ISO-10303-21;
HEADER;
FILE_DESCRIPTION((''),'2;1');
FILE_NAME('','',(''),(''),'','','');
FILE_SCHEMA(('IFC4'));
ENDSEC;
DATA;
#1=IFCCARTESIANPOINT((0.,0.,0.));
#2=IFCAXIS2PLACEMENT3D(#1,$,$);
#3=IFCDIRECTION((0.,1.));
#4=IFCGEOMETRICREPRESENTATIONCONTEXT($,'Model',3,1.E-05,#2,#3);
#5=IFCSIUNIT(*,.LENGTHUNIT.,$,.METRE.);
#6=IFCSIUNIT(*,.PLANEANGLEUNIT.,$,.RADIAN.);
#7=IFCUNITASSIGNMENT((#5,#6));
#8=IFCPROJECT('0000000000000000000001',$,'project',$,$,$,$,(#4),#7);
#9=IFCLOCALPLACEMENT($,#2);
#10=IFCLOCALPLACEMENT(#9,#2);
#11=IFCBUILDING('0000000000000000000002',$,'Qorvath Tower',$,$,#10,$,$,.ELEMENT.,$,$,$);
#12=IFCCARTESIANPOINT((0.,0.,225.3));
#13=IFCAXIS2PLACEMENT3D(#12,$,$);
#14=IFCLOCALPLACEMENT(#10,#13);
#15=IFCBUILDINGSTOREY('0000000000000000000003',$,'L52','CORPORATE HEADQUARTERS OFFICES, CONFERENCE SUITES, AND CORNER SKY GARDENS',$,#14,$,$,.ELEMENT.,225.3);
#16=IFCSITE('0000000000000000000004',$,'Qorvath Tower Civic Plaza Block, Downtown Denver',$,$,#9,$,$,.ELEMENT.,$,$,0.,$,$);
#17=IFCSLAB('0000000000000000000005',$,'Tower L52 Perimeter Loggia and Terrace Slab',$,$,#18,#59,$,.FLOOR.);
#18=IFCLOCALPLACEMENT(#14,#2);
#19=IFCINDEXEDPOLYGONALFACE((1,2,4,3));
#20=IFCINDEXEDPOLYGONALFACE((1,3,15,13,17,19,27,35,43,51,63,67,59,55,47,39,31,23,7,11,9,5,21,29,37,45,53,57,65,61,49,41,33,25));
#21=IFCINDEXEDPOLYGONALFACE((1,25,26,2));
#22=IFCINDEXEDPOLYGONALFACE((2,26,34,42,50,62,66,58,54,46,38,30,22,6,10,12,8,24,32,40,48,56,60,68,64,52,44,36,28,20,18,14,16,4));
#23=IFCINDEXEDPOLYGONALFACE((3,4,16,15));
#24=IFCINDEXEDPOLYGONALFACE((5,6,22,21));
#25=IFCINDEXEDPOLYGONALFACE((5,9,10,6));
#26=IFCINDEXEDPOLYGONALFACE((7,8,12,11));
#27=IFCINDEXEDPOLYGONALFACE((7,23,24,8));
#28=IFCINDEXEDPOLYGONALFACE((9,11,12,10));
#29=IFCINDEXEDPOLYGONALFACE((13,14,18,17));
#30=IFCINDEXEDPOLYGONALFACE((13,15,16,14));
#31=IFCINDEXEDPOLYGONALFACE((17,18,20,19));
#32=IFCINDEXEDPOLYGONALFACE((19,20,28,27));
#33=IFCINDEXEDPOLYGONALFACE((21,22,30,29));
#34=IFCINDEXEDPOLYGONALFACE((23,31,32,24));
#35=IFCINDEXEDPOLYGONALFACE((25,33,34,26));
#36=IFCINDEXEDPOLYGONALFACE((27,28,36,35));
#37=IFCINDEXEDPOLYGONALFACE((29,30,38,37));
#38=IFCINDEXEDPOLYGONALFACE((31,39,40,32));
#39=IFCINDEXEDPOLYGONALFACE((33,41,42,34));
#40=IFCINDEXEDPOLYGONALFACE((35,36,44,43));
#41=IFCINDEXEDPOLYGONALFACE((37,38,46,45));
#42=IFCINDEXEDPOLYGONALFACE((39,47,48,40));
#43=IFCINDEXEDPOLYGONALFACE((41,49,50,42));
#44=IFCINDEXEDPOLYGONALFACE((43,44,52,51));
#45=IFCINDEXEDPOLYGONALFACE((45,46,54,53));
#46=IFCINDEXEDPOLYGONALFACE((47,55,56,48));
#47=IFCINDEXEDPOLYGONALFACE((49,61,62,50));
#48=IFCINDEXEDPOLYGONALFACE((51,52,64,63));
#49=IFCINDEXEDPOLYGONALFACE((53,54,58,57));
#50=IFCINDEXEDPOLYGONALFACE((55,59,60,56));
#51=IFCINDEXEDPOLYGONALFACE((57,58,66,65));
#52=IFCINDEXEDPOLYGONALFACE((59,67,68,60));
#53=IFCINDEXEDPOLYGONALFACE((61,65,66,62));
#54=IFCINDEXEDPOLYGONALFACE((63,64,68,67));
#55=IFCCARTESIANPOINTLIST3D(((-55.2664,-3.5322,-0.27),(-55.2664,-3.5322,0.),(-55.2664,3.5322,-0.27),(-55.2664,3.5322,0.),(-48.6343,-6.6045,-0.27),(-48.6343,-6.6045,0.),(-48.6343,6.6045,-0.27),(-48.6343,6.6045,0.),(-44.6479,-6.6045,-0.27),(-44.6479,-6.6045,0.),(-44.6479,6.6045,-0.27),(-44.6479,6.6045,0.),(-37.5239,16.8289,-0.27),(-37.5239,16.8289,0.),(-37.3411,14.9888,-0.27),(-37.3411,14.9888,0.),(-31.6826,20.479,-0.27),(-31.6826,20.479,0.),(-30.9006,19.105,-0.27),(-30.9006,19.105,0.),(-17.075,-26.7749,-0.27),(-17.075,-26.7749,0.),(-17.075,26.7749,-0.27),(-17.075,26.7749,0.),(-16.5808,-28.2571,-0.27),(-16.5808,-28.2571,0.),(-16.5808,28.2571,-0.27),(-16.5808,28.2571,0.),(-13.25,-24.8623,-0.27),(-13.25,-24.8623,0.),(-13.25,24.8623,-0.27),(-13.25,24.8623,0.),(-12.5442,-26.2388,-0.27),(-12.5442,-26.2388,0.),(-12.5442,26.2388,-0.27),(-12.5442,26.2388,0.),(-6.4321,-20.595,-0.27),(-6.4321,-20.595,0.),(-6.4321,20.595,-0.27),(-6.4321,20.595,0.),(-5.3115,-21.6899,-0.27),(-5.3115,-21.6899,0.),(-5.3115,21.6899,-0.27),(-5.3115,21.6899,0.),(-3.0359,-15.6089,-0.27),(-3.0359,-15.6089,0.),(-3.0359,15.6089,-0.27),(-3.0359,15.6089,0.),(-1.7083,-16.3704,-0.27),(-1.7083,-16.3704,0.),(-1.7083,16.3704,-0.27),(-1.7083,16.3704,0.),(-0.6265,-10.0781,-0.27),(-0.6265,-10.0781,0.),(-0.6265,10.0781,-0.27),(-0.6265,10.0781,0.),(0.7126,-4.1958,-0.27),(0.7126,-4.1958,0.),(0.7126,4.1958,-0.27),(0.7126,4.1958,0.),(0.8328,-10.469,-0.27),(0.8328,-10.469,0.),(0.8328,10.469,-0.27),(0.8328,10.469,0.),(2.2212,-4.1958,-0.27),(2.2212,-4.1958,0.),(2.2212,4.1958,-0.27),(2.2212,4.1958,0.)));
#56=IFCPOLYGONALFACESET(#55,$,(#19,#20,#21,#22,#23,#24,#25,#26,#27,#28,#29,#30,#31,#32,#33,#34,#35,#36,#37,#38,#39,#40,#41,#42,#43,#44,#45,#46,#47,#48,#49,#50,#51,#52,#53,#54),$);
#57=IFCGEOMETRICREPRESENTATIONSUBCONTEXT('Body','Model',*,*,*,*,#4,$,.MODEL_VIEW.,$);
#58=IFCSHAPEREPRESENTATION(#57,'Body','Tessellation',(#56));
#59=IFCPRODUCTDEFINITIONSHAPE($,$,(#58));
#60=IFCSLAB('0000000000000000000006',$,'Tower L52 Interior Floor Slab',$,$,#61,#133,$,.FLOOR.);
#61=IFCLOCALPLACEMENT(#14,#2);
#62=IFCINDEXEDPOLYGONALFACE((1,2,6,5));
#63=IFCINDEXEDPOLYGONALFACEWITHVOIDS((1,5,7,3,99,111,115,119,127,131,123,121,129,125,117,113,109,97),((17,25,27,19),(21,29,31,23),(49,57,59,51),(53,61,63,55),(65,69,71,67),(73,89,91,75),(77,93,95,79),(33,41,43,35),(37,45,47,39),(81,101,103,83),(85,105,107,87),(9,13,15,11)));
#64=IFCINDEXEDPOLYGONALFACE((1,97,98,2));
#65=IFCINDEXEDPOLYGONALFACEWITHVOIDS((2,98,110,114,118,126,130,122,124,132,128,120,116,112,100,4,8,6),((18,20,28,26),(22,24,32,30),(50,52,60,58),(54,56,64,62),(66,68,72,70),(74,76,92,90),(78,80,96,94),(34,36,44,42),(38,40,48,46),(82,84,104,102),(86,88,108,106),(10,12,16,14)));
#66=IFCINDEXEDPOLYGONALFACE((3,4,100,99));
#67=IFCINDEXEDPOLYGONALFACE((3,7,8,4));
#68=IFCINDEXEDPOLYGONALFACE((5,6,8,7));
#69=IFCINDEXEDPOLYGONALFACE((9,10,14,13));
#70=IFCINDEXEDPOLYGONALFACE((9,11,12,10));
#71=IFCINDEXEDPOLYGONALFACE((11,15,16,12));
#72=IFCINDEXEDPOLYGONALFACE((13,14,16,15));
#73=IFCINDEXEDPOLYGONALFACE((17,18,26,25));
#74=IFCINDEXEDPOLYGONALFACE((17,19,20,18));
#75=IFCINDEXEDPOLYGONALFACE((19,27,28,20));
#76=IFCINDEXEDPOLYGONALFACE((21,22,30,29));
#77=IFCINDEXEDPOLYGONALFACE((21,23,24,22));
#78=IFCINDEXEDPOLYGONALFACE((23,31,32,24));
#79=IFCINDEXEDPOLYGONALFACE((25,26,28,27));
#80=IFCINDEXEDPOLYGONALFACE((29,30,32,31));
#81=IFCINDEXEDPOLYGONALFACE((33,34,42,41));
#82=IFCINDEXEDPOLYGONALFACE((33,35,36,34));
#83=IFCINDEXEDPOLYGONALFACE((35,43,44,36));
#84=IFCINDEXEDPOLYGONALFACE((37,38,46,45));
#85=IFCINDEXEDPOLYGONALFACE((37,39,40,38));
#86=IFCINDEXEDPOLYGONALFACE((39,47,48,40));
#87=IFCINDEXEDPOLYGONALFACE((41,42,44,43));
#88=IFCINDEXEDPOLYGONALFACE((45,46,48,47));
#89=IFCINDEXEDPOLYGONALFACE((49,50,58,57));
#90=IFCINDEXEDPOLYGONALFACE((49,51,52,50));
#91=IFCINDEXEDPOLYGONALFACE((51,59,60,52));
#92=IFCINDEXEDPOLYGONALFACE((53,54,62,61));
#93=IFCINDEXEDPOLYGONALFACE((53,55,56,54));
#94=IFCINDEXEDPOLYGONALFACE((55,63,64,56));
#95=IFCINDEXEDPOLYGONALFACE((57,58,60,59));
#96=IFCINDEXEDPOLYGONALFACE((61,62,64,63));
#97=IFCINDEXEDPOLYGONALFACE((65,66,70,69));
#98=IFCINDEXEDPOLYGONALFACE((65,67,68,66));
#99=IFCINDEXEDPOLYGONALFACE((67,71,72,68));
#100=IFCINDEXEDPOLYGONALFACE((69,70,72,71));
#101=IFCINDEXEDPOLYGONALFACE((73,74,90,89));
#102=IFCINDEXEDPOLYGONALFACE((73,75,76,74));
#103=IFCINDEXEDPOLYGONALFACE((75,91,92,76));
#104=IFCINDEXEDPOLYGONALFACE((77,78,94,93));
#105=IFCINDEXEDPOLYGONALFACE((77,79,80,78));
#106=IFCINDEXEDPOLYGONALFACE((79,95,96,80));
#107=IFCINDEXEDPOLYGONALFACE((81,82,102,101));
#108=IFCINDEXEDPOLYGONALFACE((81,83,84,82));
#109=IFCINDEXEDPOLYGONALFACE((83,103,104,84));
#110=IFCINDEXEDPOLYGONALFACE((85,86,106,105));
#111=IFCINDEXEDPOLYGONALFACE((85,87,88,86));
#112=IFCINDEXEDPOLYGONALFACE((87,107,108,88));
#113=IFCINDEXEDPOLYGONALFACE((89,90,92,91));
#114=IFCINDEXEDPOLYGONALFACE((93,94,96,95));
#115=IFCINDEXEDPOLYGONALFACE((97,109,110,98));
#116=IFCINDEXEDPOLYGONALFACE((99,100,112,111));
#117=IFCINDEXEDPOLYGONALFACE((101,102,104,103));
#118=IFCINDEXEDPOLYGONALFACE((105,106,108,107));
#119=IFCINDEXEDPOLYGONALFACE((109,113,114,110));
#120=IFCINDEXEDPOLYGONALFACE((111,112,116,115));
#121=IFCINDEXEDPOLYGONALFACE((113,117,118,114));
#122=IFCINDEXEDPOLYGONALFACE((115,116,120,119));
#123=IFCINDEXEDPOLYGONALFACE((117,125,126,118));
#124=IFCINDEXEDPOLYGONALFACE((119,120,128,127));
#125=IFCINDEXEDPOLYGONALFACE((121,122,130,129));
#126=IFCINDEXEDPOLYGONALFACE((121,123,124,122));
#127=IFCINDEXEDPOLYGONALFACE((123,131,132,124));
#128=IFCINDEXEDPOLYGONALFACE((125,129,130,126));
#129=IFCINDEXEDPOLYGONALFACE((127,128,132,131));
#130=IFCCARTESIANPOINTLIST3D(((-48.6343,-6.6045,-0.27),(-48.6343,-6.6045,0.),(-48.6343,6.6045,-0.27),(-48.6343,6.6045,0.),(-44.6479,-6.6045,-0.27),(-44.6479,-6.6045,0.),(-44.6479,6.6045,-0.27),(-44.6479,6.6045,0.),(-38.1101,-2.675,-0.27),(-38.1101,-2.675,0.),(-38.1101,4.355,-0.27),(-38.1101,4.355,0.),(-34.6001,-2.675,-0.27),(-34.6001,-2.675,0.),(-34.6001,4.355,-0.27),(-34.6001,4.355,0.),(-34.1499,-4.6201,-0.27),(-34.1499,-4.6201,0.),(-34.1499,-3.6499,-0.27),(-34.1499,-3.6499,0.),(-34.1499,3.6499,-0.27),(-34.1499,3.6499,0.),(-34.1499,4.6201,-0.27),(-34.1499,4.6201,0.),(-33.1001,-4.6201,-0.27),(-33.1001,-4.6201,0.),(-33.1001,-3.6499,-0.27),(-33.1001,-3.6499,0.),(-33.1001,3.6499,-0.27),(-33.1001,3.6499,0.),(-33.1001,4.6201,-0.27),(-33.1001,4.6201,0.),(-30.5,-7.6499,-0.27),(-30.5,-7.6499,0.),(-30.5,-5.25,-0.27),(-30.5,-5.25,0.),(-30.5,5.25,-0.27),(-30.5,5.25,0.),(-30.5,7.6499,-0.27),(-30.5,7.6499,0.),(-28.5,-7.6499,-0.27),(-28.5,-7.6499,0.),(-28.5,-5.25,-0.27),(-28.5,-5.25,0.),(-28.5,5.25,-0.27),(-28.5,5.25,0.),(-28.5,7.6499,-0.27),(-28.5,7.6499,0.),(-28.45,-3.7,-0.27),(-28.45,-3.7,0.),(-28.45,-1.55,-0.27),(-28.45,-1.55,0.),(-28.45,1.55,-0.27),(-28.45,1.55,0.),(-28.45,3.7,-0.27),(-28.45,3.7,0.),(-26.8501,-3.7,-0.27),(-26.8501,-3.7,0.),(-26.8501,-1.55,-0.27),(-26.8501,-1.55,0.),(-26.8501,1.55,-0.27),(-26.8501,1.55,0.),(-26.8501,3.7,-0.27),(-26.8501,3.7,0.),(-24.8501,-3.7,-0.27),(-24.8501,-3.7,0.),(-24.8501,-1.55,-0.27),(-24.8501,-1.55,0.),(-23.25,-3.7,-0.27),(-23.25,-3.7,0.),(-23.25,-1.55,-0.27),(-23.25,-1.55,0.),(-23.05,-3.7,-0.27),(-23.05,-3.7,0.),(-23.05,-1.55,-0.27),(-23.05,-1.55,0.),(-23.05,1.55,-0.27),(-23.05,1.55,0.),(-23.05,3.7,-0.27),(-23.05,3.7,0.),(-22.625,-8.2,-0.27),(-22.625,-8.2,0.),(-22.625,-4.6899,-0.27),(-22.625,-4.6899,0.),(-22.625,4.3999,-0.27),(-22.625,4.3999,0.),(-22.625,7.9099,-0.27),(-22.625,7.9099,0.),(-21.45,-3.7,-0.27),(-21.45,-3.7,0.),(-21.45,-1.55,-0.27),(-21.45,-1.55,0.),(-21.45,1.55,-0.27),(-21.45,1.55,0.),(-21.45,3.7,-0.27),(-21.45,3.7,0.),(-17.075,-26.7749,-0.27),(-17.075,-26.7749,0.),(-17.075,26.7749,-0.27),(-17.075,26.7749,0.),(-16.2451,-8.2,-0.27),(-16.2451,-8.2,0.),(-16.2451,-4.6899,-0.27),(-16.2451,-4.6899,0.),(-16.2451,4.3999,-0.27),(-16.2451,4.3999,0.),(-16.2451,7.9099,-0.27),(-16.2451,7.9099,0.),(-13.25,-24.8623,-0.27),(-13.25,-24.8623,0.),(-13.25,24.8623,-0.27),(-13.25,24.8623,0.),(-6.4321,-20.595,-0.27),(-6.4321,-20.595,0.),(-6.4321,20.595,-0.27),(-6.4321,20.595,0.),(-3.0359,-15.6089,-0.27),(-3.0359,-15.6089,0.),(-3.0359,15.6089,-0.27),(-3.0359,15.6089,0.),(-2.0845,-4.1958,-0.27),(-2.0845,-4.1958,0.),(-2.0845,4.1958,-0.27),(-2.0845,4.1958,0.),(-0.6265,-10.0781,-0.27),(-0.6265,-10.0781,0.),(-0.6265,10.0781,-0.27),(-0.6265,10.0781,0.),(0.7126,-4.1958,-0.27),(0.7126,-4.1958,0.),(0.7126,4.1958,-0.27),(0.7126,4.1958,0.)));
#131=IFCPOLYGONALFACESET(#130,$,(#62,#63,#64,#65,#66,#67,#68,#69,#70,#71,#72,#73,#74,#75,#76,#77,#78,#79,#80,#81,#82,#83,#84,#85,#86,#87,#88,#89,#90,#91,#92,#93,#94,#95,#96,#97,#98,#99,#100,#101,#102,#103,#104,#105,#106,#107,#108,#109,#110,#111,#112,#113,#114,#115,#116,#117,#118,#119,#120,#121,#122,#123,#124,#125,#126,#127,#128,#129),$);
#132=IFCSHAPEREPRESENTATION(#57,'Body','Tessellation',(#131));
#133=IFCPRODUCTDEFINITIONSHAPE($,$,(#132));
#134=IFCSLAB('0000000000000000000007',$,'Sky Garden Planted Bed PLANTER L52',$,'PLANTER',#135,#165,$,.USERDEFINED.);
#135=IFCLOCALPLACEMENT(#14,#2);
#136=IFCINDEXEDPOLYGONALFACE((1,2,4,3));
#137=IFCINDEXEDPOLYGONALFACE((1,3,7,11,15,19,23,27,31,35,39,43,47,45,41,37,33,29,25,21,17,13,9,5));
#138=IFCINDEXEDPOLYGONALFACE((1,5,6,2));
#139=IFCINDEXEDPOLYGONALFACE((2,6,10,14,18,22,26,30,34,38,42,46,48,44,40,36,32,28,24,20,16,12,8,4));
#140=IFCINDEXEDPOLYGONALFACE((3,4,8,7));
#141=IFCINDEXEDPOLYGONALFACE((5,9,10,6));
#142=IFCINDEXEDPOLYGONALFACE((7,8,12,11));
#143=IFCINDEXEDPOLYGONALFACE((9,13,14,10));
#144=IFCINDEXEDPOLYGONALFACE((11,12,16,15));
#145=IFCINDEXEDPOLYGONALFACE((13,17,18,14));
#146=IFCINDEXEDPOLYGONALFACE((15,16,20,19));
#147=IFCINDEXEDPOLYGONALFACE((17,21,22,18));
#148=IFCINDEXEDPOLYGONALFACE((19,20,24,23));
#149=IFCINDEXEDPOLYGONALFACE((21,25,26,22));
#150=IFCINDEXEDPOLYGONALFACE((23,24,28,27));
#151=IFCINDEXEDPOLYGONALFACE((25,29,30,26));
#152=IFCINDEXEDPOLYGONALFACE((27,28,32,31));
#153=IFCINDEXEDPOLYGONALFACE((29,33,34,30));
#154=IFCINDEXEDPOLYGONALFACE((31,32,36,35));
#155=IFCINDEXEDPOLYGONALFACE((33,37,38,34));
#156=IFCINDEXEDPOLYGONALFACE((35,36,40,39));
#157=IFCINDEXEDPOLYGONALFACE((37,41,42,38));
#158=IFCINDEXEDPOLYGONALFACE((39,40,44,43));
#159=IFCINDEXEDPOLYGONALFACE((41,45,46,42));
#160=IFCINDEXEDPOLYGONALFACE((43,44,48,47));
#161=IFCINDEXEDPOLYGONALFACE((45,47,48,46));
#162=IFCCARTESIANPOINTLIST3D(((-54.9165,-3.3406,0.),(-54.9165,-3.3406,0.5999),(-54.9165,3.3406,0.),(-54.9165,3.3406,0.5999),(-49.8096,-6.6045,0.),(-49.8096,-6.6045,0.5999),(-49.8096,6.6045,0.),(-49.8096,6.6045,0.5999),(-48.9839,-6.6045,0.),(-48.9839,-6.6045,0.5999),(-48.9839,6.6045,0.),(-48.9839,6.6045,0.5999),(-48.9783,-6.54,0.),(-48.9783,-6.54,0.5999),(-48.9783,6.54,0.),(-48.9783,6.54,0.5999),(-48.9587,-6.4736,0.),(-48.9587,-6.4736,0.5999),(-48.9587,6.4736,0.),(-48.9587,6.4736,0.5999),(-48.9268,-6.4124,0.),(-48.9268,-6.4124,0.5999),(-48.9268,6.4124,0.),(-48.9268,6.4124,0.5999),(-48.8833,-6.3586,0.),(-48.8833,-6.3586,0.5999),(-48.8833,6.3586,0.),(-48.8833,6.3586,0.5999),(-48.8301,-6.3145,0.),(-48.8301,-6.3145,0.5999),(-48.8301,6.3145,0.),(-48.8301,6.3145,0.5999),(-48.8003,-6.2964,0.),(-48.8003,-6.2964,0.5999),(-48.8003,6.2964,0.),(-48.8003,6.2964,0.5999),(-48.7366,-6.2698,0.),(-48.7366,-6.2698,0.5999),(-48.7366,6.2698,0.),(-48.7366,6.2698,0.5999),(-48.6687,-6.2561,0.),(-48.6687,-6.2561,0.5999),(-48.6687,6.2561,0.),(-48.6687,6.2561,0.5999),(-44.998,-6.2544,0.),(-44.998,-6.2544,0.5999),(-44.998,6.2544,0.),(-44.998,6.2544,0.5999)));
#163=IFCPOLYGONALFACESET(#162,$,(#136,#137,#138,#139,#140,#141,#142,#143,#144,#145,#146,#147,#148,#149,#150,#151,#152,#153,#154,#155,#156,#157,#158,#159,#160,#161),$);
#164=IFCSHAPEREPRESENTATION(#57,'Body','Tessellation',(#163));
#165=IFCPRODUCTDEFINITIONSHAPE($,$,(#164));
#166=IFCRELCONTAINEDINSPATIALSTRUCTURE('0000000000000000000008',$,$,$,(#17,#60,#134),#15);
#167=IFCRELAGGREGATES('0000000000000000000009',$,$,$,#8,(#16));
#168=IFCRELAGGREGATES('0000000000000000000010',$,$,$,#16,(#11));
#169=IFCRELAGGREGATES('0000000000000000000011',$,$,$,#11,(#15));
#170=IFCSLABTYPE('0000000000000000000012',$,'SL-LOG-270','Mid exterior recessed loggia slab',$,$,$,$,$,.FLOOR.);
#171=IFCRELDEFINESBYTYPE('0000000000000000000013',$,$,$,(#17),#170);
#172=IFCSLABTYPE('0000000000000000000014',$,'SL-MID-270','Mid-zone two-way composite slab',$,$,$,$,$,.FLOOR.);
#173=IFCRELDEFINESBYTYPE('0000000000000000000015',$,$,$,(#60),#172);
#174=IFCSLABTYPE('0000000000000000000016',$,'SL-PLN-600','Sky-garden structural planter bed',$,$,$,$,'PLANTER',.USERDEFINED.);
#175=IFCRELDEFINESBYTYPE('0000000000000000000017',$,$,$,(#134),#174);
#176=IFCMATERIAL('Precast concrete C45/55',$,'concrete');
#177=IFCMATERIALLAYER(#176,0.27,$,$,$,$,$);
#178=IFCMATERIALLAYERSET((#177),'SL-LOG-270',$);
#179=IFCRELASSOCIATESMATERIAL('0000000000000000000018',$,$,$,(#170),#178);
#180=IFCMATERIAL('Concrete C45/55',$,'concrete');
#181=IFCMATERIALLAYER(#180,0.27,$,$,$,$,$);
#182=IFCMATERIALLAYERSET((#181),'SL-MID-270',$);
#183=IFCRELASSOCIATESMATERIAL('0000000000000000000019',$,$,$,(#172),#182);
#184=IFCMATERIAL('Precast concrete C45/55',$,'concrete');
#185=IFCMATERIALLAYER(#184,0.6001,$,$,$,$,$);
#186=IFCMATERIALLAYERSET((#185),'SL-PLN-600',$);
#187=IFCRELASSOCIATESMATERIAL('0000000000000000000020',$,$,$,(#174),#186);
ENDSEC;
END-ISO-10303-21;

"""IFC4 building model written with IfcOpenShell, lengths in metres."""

from ifc_helpers import new_model, si_unit, direction, frame, origin, place, context, subcontext, project, spatial, polyline, outline, extrude, material, layer, layer_set, type_object, element, save


model = new_model("IFC4")

# Units and contexts
model_context = context("Model", 3, precision=1e-05, world=origin(), true_north=direction((0.0, 1.0)))
body_context = subcontext(model_context, "Body", "Model", "MODEL_VIEW")
ifc_project = project(units=[si_unit("LENGTHUNIT", "METRE"), si_unit("PLANEANGLEUNIT", "RADIAN")], contexts=[model_context])

# Site, building, storey
site_placement = place(None, origin())
site = spatial("IfcSite", under=ifc_project, at=site_placement, Name="Qorvath Tower Civic Plaza Block, Downtown Denver", CompositionType="ELEMENT", RefElevation=0.0)
building_placement = place(site_placement, origin())
building = spatial("IfcBuilding", under=site, at=building_placement, Name="Qorvath Tower", CompositionType="ELEMENT")
storey_placement = place(building_placement, frame((0.0, 0.0, 225.3)))
storey = spatial("IfcBuildingStorey", under=building, at=storey_placement, Name="L52", Description="CORPORATE HEADQUARTERS OFFICES, CONFERENCE SUITES, AND CORNER SKY GARDENS", CompositionType="ELEMENT", Elevation=225.3)

# Slabs
ifc_material_1 = material(Name="Precast concrete C45/55", Category="concrete")
ifc_layer_1 = layer(ifc_material_1, 0.27)
ifc_layer_set_1 = layer_set([ifc_layer_1], Name="SL-LOG-270")
slab_type_1 = type_object("IfcSlabType", Name="SL-LOG-270", Description="Mid exterior recessed loggia slab", PredefinedType="FLOOR", material=ifc_layer_set_1)
slab_1_placement = place(storey_placement, frame((0.0, 0.0, -0.27)))
element("IfcSlab", 1, at=slab_1_placement, inside=storey, type_object=slab_type_1, Name="Tower L52 Perimeter Loggia and Terrace Slab", PredefinedType="FLOOR", context=body_context, shape_type="SweptSolid", body=[
    extrude(outline(polyline([(-16.5808, 28.2571), (-30.9006, 19.105), (-31.6826, 20.479), (-37.5239, 16.8289), (-37.3411, 14.9888), (-55.2664, 3.5322), (-55.2664, -3.5322), (-16.5808, -28.2571), (-12.5442, -26.2388), (-5.3115, -21.6899), (-1.7083, -16.3704), (0.8328, -10.469), (2.2212, -4.1958), (0.7126, -4.1958), (-0.6265, -10.0781), (-3.0359, -15.6089), (-6.4321, -20.595), (-13.25, -24.8623), (-17.075, -26.7749), (-48.6343, -6.6045), (-44.6479, -6.6045), (-44.6479, 6.6045), (-48.6343, 6.6045), (-17.075, 26.7749), (-13.25, 24.8623), (-6.4321, 20.595), (-3.0359, 15.6089), (-0.6265, 10.0781), (0.7126, 4.1958), (2.2212, 4.1958), (0.8328, 10.469), (-1.7083, 16.3704), (-5.3115, 21.6899), (-12.5442, 26.2388), (-16.5808, 28.2571)])), origin(), (0.0, 0.0, 1.0), 0.27),
])
ifc_material_2 = material(Name="Concrete C45/55", Category="concrete")
ifc_layer_2 = layer(ifc_material_2, 0.27)
ifc_layer_set_2 = layer_set([ifc_layer_2], Name="SL-MID-270")
slab_type_2 = type_object("IfcSlabType", Name="SL-MID-270", Description="Mid-zone two-way composite slab", PredefinedType="FLOOR", material=ifc_layer_set_2)
slab_2_placement = place(storey_placement, frame((0.0, 0.0, -0.27)))
element("IfcSlab", 2, at=slab_2_placement, inside=storey, type_object=slab_type_2, Name="Tower L52 Interior Floor Slab", PredefinedType="FLOOR", context=body_context, shape_type="SweptSolid", body=[
    extrude(outline(polyline([(-17.075, 26.7749), (-48.6343, 6.6045), (-44.6479, 6.6045), (-44.6479, -6.6045), (-48.6343, -6.6045), (-17.075, -26.7749), (-13.25, -24.8623), (-6.4321, -20.595), (-3.0359, -15.6089), (-0.6265, -10.0781), (0.7126, -4.1958), (-2.0845, -4.1958), (-2.0845, 4.1958), (0.7126, 4.1958), (-0.6265, 10.0781), (-3.0359, 15.6089), (-6.4321, 20.595), (-13.25, 24.8623), (-17.075, 26.7749)]), holes=[polyline([(-16.2451, -8.2), (-22.625, -8.2), (-22.625, -4.6899), (-16.2451, -4.6899), (-16.2451, -8.2)]), polyline([(-22.625, 4.3999), (-22.625, 7.9099), (-16.2451, 7.9099), (-16.2451, 4.3999), (-22.625, 4.3999)]), polyline([(-21.45, -3.7), (-23.05, -3.7), (-23.05, -1.55), (-21.45, -1.55), (-21.45, -3.7)]), polyline([(-23.05, 1.55), (-23.05, 3.7), (-21.45, 3.7), (-21.45, 1.55), (-23.05, 1.55)]), polyline([(-24.8501, -3.7), (-24.8501, -1.55), (-23.25, -1.55), (-23.25, -3.7), (-24.8501, -3.7)]), polyline([(-28.45, -3.7), (-28.45, -1.55), (-26.8501, -1.55), (-26.8501, -3.7), (-28.45, -3.7)]), polyline([(-26.8501, 1.55), (-28.45, 1.55), (-28.45, 3.7), (-26.8501, 3.7), (-26.8501, 1.55)]), polyline([(-28.5, -7.6499), (-30.5, -7.6499), (-30.5, -5.25), (-28.5, -5.25), (-28.5, -7.6499)]), polyline([(-30.5, 5.25), (-30.5, 7.6499), (-28.5, 7.6499), (-28.5, 5.25), (-30.5, 5.25)]), polyline([(-34.1499, -4.6201), (-34.1499, -3.6499), (-33.1001, -3.6499), (-33.1001, -4.6201), (-34.1499, -4.6201)]), polyline([(-34.1499, 3.6499), (-34.1499, 4.6201), (-33.1001, 4.6201), (-33.1001, 3.6499), (-34.1499, 3.6499)]), polyline([(-34.6001, -2.675), (-38.1101, -2.675), (-38.1101, 4.355), (-34.6001, 4.355), (-34.6001, -2.675)])]), origin(), (0.0, 0.0, 1.0), 0.27),
])
ifc_material_3 = material(Name="Precast concrete C45/55", Category="concrete")
ifc_layer_3 = layer(ifc_material_3, 0.6001)
ifc_layer_set_3 = layer_set([ifc_layer_3], Name="SL-PLN-600")
slab_type_3 = type_object("IfcSlabType", Name="SL-PLN-600", Description="Sky-garden structural planter bed", ElementType="PLANTER", PredefinedType="USERDEFINED", material=ifc_layer_set_3)
slab_3_placement = place(storey_placement, origin())
element("IfcSlab", 3, at=slab_3_placement, inside=storey, type_object=slab_type_3, Name="Sky Garden Planted Bed PLANTER L52", ObjectType="PLANTER", PredefinedType="USERDEFINED", context=body_context, shape_type="SweptSolid", body=[
    extrude(outline(polyline([(-49.8096, 6.6045), (-54.9165, 3.3406), (-54.9165, -3.3406), (-49.8096, -6.6045), (-48.9839, -6.6045), (-48.9783, -6.54), (-48.9587, -6.4736), (-48.9268, -6.4124), (-48.8833, -6.3586), (-48.8301, -6.3145), (-48.8003, -6.2964), (-48.7366, -6.2698), (-48.6687, -6.2561), (-44.998, -6.2544), (-44.998, 6.2544), (-48.6687, 6.2561), (-48.7366, 6.2698), (-48.8003, 6.2964), (-48.8301, 6.3145), (-48.8833, 6.3586), (-48.9268, 6.4124), (-48.9587, 6.4736), (-48.9783, 6.54), (-48.9839, 6.6045), (-49.8096, 6.6045)])), origin(), (0.0, 0.0, 1.0), 0.5999),
])

save(model, "model.ifc")
